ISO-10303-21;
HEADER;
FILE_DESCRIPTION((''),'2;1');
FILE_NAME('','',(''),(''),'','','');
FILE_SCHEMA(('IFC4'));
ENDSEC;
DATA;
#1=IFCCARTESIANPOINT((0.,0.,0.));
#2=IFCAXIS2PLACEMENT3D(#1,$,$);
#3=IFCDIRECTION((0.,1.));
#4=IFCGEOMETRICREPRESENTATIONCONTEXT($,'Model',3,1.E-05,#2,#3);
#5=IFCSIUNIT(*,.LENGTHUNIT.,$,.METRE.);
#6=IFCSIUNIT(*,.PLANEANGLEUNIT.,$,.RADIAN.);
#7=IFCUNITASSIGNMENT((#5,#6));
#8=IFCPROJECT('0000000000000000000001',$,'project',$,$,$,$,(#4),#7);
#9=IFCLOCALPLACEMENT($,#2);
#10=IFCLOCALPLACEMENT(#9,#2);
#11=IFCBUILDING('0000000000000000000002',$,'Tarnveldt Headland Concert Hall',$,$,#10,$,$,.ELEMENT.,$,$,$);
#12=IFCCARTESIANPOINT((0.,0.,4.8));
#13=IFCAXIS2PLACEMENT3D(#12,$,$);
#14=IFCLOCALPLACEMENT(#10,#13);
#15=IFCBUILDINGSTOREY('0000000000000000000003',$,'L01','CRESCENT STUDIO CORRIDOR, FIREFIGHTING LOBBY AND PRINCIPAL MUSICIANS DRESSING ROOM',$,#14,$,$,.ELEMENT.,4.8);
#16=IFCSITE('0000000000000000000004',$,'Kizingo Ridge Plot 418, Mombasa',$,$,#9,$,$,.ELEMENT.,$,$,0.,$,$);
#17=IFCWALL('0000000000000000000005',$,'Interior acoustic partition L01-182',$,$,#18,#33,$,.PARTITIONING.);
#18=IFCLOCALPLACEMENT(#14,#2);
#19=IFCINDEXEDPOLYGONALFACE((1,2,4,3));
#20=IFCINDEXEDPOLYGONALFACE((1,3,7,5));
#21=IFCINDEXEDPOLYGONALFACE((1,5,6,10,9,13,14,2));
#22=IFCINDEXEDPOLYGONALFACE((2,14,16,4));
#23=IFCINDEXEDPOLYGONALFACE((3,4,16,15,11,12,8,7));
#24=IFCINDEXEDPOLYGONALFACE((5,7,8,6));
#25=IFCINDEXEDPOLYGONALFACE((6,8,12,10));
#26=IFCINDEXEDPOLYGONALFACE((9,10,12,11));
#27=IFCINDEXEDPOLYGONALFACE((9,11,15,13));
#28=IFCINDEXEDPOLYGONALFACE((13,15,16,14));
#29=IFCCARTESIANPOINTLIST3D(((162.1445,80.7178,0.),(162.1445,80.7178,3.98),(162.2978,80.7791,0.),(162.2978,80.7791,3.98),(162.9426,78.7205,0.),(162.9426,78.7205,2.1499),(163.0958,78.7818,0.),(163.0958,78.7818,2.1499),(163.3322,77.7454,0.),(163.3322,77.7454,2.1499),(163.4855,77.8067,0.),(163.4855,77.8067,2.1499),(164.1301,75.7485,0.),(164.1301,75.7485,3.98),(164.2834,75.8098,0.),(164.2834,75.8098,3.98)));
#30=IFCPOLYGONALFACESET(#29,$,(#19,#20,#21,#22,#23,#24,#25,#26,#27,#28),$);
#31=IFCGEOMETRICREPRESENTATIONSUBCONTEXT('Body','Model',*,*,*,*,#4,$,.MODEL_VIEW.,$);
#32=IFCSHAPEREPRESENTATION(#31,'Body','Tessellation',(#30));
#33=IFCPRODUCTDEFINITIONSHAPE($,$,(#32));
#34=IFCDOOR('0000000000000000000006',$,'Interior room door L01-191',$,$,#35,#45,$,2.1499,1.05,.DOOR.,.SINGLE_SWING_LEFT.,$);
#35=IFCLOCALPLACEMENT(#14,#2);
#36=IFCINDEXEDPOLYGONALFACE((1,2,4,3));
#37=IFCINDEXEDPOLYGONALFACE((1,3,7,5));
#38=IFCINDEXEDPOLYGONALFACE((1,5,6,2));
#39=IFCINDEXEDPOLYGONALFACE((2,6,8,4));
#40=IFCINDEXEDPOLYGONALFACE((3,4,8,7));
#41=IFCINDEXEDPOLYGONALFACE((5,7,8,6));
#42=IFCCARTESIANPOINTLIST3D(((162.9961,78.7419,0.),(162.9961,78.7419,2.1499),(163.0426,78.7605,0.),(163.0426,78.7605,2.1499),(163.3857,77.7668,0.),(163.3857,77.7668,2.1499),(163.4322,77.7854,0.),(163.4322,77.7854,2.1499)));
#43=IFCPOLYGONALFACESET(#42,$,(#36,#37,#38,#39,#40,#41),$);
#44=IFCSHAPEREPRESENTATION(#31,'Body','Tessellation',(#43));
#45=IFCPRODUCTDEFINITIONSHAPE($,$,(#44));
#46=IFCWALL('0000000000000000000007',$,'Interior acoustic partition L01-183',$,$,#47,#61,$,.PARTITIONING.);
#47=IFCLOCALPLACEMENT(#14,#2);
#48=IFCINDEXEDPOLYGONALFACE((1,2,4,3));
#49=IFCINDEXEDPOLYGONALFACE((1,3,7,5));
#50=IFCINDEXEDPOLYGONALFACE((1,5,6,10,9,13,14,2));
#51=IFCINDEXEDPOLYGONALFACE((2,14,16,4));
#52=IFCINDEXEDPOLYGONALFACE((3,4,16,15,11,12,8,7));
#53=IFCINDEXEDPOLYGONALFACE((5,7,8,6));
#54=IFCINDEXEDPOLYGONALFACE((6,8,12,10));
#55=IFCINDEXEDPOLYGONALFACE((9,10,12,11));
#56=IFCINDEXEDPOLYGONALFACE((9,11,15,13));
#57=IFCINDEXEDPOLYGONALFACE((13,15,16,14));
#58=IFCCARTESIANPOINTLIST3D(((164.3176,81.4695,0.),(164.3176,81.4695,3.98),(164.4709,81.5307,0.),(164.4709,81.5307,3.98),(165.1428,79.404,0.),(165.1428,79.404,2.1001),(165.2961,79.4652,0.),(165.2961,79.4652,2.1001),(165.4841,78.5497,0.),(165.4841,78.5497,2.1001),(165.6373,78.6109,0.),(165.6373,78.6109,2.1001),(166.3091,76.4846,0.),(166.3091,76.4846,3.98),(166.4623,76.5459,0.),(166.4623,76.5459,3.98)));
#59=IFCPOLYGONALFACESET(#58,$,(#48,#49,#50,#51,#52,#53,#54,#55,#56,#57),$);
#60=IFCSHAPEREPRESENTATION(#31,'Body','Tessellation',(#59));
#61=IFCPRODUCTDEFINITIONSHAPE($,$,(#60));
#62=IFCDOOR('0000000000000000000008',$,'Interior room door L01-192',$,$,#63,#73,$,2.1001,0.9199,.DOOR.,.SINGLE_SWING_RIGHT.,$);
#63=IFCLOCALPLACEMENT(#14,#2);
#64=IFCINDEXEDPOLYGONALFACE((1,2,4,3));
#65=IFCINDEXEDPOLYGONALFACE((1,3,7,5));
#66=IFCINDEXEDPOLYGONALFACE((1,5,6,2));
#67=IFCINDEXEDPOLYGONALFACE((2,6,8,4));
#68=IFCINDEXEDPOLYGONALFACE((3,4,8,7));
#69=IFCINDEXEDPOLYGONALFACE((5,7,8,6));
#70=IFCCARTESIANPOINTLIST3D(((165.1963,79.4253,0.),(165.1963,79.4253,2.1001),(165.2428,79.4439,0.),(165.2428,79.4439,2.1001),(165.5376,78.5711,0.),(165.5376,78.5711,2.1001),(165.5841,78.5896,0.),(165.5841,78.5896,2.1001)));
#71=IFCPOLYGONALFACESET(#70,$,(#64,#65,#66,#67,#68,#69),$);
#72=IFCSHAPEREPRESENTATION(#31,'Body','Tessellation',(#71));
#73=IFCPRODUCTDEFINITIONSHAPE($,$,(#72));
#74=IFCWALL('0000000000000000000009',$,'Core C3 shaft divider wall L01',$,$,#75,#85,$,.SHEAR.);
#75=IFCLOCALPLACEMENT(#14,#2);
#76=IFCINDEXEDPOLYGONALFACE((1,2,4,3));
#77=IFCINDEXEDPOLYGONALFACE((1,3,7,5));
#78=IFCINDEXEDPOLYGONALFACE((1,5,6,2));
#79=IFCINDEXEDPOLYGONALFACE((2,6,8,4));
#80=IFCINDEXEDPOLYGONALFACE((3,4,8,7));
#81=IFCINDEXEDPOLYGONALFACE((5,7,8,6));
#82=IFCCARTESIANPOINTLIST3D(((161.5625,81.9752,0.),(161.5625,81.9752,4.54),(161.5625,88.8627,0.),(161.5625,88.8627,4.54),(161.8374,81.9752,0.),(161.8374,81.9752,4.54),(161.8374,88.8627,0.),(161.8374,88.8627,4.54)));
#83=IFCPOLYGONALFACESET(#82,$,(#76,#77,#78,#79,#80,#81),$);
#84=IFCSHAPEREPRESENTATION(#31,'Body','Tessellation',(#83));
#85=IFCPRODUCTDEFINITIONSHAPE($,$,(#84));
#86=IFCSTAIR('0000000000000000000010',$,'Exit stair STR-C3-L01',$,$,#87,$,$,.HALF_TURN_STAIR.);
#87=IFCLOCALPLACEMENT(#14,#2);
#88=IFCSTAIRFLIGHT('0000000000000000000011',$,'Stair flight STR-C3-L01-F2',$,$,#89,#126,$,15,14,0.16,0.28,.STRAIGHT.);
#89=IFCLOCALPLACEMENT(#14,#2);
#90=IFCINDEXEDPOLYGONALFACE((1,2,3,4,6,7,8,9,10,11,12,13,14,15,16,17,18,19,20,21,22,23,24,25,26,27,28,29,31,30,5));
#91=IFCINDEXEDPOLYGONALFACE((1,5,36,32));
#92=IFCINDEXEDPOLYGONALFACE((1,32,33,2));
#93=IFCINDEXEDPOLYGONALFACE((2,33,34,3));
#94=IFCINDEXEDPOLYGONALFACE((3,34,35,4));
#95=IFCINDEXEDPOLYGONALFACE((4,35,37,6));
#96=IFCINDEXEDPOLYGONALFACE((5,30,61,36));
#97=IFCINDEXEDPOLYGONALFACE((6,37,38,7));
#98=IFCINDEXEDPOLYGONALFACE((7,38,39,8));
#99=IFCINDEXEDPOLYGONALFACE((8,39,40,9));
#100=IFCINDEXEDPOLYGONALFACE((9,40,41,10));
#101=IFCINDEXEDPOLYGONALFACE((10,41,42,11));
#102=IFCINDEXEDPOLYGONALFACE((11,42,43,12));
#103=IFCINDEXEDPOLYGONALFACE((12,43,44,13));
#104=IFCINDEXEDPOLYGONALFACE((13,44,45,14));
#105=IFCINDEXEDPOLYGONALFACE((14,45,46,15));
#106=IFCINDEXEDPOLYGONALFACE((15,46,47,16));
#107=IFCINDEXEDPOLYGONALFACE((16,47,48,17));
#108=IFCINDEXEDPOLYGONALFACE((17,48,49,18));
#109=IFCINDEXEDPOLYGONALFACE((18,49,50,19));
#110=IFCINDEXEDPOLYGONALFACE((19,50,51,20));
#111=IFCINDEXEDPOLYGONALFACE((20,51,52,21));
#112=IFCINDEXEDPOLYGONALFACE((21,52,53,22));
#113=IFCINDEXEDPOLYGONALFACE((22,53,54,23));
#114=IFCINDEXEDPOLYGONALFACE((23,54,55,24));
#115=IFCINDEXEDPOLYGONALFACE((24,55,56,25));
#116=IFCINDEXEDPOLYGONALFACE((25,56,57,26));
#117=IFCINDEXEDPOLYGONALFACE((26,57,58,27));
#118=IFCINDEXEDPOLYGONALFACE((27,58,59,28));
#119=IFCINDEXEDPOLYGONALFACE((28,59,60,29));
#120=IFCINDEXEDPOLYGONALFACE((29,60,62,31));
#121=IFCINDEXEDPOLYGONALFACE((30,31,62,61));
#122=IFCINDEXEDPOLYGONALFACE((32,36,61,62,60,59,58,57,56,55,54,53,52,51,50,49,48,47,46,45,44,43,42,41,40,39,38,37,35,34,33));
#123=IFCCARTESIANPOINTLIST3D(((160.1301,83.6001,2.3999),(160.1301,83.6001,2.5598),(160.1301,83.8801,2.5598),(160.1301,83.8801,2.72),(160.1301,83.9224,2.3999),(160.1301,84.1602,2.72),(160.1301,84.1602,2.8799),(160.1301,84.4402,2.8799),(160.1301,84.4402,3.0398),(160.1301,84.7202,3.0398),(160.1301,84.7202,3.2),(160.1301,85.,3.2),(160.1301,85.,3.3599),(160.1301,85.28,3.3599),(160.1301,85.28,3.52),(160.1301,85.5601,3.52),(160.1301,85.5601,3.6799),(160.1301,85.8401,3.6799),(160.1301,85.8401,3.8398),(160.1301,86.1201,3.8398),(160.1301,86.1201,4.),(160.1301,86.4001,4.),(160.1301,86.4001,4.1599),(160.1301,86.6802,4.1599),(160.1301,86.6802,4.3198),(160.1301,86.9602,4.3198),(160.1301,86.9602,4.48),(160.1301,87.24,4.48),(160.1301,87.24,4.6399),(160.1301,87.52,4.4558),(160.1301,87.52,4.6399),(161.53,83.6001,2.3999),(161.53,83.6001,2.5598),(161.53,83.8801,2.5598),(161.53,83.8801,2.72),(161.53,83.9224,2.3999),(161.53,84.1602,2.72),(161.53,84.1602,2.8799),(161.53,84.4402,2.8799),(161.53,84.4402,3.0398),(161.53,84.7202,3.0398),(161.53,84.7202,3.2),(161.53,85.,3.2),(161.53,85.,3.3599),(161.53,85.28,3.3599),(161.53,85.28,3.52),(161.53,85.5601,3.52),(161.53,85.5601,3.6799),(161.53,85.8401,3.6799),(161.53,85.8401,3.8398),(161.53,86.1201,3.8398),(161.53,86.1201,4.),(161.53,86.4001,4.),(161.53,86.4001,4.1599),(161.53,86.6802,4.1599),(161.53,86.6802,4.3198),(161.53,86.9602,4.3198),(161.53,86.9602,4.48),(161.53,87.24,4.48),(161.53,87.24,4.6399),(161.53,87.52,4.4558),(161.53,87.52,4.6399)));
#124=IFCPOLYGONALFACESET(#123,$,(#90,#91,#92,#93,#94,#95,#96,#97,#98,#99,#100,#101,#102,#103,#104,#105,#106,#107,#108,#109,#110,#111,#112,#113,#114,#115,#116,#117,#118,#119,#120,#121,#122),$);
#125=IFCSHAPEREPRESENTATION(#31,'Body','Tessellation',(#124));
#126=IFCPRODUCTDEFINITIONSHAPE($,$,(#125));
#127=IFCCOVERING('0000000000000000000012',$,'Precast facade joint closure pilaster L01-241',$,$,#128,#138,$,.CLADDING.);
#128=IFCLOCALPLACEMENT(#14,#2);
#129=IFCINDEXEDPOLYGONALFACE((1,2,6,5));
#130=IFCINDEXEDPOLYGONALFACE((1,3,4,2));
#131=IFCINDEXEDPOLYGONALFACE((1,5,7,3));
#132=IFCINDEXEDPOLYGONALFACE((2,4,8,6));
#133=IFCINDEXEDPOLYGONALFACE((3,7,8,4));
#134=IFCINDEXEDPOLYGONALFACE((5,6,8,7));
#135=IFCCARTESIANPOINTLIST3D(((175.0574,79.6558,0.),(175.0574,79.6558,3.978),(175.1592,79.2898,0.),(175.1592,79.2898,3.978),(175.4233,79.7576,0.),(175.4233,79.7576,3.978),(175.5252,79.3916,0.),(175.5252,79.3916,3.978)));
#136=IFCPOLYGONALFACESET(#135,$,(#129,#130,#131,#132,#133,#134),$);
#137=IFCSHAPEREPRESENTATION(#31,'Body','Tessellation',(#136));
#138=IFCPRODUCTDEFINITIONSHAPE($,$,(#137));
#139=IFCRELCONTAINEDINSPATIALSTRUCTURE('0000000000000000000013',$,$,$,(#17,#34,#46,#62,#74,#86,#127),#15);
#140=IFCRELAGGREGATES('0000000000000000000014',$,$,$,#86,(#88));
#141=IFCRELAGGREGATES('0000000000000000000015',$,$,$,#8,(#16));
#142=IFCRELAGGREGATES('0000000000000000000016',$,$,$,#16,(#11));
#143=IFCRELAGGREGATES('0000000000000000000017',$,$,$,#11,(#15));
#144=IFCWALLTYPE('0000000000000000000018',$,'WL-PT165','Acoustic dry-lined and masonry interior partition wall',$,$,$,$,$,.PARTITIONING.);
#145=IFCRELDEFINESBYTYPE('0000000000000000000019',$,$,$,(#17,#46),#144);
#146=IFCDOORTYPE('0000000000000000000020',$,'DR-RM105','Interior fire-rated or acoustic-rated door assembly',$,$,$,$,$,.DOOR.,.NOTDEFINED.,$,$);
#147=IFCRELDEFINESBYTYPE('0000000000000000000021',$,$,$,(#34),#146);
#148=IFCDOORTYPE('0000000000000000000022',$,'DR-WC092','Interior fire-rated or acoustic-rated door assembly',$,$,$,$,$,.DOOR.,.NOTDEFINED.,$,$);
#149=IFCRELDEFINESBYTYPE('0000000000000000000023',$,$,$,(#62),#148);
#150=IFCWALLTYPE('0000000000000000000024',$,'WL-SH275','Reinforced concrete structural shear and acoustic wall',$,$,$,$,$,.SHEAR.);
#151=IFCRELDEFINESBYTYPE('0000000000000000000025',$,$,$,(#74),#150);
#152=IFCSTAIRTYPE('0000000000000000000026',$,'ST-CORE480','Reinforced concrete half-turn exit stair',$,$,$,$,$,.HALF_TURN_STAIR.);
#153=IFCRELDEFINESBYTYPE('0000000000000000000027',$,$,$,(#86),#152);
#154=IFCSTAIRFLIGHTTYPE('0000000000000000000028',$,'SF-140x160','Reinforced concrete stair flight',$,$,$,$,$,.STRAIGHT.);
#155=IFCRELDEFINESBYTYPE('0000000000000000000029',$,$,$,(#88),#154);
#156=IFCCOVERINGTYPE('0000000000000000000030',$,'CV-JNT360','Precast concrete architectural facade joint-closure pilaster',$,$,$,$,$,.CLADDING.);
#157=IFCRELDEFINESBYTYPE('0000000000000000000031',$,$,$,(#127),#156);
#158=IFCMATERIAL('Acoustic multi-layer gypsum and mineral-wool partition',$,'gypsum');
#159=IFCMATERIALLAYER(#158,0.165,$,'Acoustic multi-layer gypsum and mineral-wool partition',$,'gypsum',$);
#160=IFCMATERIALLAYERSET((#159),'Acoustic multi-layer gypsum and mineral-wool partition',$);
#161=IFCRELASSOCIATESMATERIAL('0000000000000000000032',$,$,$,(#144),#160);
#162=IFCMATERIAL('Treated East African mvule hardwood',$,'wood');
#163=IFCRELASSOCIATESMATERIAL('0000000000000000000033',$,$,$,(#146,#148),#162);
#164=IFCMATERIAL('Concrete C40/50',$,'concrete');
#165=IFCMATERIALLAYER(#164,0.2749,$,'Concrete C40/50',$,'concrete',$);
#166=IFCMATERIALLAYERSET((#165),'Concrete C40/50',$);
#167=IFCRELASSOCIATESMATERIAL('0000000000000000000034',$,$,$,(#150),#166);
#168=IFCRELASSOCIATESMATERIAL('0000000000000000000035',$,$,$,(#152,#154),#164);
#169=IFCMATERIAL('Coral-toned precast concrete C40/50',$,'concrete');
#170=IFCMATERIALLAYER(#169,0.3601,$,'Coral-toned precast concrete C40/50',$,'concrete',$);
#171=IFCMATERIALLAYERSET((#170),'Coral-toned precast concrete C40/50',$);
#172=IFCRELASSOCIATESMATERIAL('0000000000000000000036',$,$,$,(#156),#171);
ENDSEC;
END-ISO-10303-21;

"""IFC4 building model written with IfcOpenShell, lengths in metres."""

from ifc_helpers import new_model, si_unit, direction, frame, frame_2d, origin, origin_2d, place, context, subcontext, project, spatial, polyline, rectangle, outline, extrude, material, layer, layer_set, type_object, element, fill, aggregate, save


model = new_model("IFC4")

# Units and contexts
model_context = context("Model", 3, precision=1e-05, world=origin(), true_north=direction((0.0, 1.0)))
body_context = subcontext(model_context, "Body", "Model", "MODEL_VIEW")
ifc_project = project(units=[si_unit("LENGTHUNIT", "METRE"), si_unit("PLANEANGLEUNIT", "RADIAN")], contexts=[model_context])

# Site, building, storey
site_placement = place(None, origin())
site = spatial("IfcSite", under=ifc_project, at=site_placement, Name="Kizingo Ridge Plot 418, Mombasa", CompositionType="ELEMENT", RefElevation=0.0)
building_placement = place(site_placement, origin())
building = spatial("IfcBuilding", under=site, at=building_placement, Name="Tarnveldt Headland Concert Hall", CompositionType="ELEMENT")
storey_placement = place(building_placement, frame((0.0, 0.0, 4.8)))
storey = spatial("IfcBuildingStorey", under=building, at=storey_placement, Name="L01", Description="CRESCENT STUDIO CORRIDOR, FIREFIGHTING LOBBY AND PRINCIPAL MUSICIANS DRESSING ROOM", CompositionType="ELEMENT", Elevation=4.8)

# Shared definitions
ifc_material_1 = material(Name="Concrete C40/50", Category="concrete")

# Shared definitions
ifc_material_2 = material(Name="Coral-toned precast concrete C40/50", Category="concrete")

# Shared definitions
ifc_material_3 = material(Name="Acoustic multi-layer gypsum and mineral-wool partition", Category="gypsum")

# Walls, openings, doors
ifc_layer_1 = layer(ifc_material_3, 0.165, Name="Acoustic multi-layer gypsum and mineral-wool partition", Category="gypsum")
ifc_layer_set_1 = layer_set([ifc_layer_1], Name="Acoustic multi-layer gypsum and mineral-wool partition")
wall_type_1 = type_object("IfcWallType", Name="WL-PT165", Description="Acoustic dry-lined and masonry interior partition wall", PredefinedType="PARTITIONING", material=ifc_layer_set_1)
wall_1_placement = place(storey_placement, frame((164.2068, 75.7791, 0.0), z_axis=(0.0, 0.0, 1.0), x_axis=(-0.371052, 0.928612, 0.0)))
wall_1 = element("IfcWall", 1, at=wall_1_placement, inside=storey, type_object=wall_type_1, Name="Interior acoustic partition L01-182", PredefinedType="PARTITIONING", context=body_context, shape_type="SweptSolid", body=[
    extrude(rectangle(XDim=5.3513, YDim=0.165, at=frame_2d((2.6758, 0.0))), origin(), (0.0, 0.0, 1.0), 3.98),
])
opening_1_placement = place(wall_1_placement, frame((2.1506, 0.0, 0.0)))
opening_1 = element("IfcOpeningElement", 2, at=opening_1_placement, cuts=wall_1, PredefinedType="OPENING", context=body_context, shape_type="SweptSolid", body=[
    extrude(rectangle(XDim=1.05, YDim=2.1499, at=frame_2d((0.5249, 1.075))), frame((0.0, 0.0925, 0.0), z_axis=(0.0, -1.0, 0.0), x_axis=(1.0, 0.0, 0.0)), (0.0, 0.0, 1.0), 0.1851),
])
ifc_material_4 = material(Name="Treated East African mvule hardwood", Category="wood")
door_type_1 = type_object("IfcDoorType", Name="DR-RM105", Description="Interior fire-rated or acoustic-rated door assembly", OperationType="NOTDEFINED", PredefinedType="DOOR", material=ifc_material_4)
door_1_placement = place(opening_1_placement, origin())
door_1 = element("IfcDoor", 3, at=door_1_placement, inside=storey, type_object=door_type_1, Name="Interior room door L01-191", OperationType="SINGLE_SWING_LEFT", OverallHeight=2.1499, OverallWidth=1.05, PredefinedType="DOOR", context=body_context, shape_type="SweptSolid", body=[
    extrude(rectangle(XDim=1.05, YDim=2.1499, at=frame_2d((0.5249, 1.075))), frame((0.0, 0.0249, 0.0), z_axis=(0.0, -1.0, 0.0), x_axis=(1.0, 0.0, 0.0)), (0.0, 0.0, 1.0), 0.05),
])
fill(opening_1, door_1)
wall_2_placement = place(storey_placement, frame((166.3857, 76.5151, 0.0), z_axis=(0.0, 0.0, 1.0), x_axis=(-0.370991, 0.928637, 0.0)))
wall_2 = element("IfcWall", 4, at=wall_2_placement, inside=storey, type_object=wall_type_1, Name="Interior acoustic partition L01-183", PredefinedType="PARTITIONING", context=body_context, shape_type="SweptSolid", body=[
    extrude(rectangle(XDim=5.3679, YDim=0.165, at=frame_2d((2.6841, 0.0))), origin(), (0.0, 0.0, 1.0), 3.98),
])
opening_2_placement = place(wall_2_placement, frame((2.2239, 0.0, 0.0)))
opening_2 = element("IfcOpeningElement", 5, at=opening_2_placement, cuts=wall_2, PredefinedType="OPENING", context=body_context, shape_type="SweptSolid", body=[
    extrude(rectangle(XDim=0.9199, YDim=2.1001, at=frame_2d((0.46, 1.05))), frame((0.0, 0.0925, 0.0), z_axis=(0.0, -1.0, 0.0), x_axis=(1.0, 0.0, 0.0)), (0.0, 0.0, 1.0), 0.1851),
])
door_type_2 = type_object("IfcDoorType", Name="DR-WC092", Description="Interior fire-rated or acoustic-rated door assembly", OperationType="NOTDEFINED", PredefinedType="DOOR", material=ifc_material_4)
door_2_placement = place(opening_2_placement, origin())
door_2 = element("IfcDoor", 6, at=door_2_placement, inside=storey, type_object=door_type_2, Name="Interior room door L01-192", OperationType="SINGLE_SWING_RIGHT", OverallHeight=2.1001, OverallWidth=0.9199, PredefinedType="DOOR", context=body_context, shape_type="SweptSolid", body=[
    extrude(rectangle(XDim=0.9199, YDim=2.1001, at=frame_2d((0.46, 1.05))), frame((0.0, 0.0249, 0.0), z_axis=(0.0, -1.0, 0.0), x_axis=(1.0, 0.0, 0.0)), (0.0, 0.0, 1.0), 0.05),
])
fill(opening_2, door_2)

# Wall
ifc_layer_2 = layer(ifc_material_1, 0.2749, Name="Concrete C40/50", Category="concrete")
ifc_layer_set_2 = layer_set([ifc_layer_2], Name="Concrete C40/50")
wall_type_2 = type_object("IfcWallType", Name="WL-SH275", Description="Reinforced concrete structural shear and acoustic wall", PredefinedType="SHEAR", material=ifc_layer_set_2)
wall_3_placement = place(storey_placement, frame((161.7, 81.9751, 0.0), z_axis=(0.0, 0.0, 1.0), x_axis=(0.0, 1.0, 0.0)))
element("IfcWall", 7, at=wall_3_placement, inside=storey, type_object=wall_type_2, Name="Core C3 shaft divider wall L01", PredefinedType="SHEAR", context=body_context, shape_type="SweptSolid", body=[
    extrude(rectangle(XDim=6.8875, YDim=0.2749, at=frame_2d((3.4438, 0.0))), origin(), (0.0, 0.0, 1.0), 4.54),
])

# Stair, stair flight
stair_type = type_object("IfcStairType", Name="ST-CORE480", Description="Reinforced concrete half-turn exit stair", PredefinedType="HALF_TURN_STAIR", material=ifc_material_1)
stair_placement = place(storey_placement, origin())
stair = element("IfcStair", 8, at=stair_placement, inside=storey, type_object=stair_type, Name="Exit stair STR-C3-L01", PredefinedType="HALF_TURN_STAIR")
stair_flight_type = type_object("IfcStairFlightType", Name="SF-140x160", Description="Reinforced concrete stair flight", PredefinedType="STRAIGHT", material=ifc_material_1)
stair_flight_placement = place(storey_placement, frame((160.8301, 83.6001, 2.3999), z_axis=(0.0, 0.0, 1.0), x_axis=(0.0, 1.0, 0.0)))
stair_flight = element("IfcStairFlight", 9, at=stair_flight_placement, type_object=stair_flight_type, Name="Stair flight STR-C3-L01-F2", NumberOfRisers=15, NumberOfTreads=14, PredefinedType="STRAIGHT", RiserHeight=0.16, TreadLength=0.28, context=body_context, shape_type="SweptSolid", body=[
    extrude(outline(polyline([(0.0, 0.0), (0.0, 0.1599), (0.28, 0.1599), (0.28, 0.3201), (0.5601, 0.3201), (0.5601, 0.48), (0.8401, 0.48), (0.8401, 0.6399), (1.1201, 0.6399), (1.1201, 0.8), (1.3999, 0.8), (1.3999, 0.96), (1.6799, 0.96), (1.6799, 1.1201), (1.96, 1.1201), (1.96, 1.28), (2.24, 1.28), (2.24, 1.4399), (2.52, 1.4399), (2.52, 1.6001), (2.8, 1.6001), (2.8, 1.76), (3.0801, 1.76), (3.0801, 1.9199), (3.3601, 1.9199), (3.3601, 2.0801), (3.6399, 2.0801), (3.6399, 2.24), (3.9199, 2.24), (3.9199, 2.3999), (3.9199, 2.0559), (0.3223, 0.0), (0.0, 0.0)])), frame((0.0, 0.7, 0.0), z_axis=(0.0, -1.0, 0.0), x_axis=(1.0, 0.0, 0.0)), (0.0, 0.0, 1.0), 1.3999),
])
aggregate(stair, [stair_flight])

# Covering
ifc_layer_3 = layer(ifc_material_2, 0.3601, Name="Coral-toned precast concrete C40/50", Category="concrete")
ifc_layer_set_3 = layer_set([ifc_layer_3], Name="Coral-toned precast concrete C40/50")
covering_type = type_object("IfcCoveringType", Name="CV-JNT360", Description="Precast concrete architectural facade joint-closure pilaster", PredefinedType="CLADDING", material=ifc_layer_set_3)
covering_placement = place(storey_placement, frame((175.2913, 79.5237, 0.0), z_axis=(0.0, 0.0, 1.0), x_axis=(0.268079, -0.963397, 0.0)))
element("IfcCovering", 10, at=covering_placement, inside=storey, type_object=covering_type, Name="Precast facade joint closure pilaster L01-241", PredefinedType="CLADDING", context=body_context, shape_type="SweptSolid", body=[
    extrude(rectangle(XDim=0.3799, YDim=0.3799, at=origin_2d()), origin(), (0.0, 0.0, 1.0), 3.978),
])

save(model, "model.ifc")
